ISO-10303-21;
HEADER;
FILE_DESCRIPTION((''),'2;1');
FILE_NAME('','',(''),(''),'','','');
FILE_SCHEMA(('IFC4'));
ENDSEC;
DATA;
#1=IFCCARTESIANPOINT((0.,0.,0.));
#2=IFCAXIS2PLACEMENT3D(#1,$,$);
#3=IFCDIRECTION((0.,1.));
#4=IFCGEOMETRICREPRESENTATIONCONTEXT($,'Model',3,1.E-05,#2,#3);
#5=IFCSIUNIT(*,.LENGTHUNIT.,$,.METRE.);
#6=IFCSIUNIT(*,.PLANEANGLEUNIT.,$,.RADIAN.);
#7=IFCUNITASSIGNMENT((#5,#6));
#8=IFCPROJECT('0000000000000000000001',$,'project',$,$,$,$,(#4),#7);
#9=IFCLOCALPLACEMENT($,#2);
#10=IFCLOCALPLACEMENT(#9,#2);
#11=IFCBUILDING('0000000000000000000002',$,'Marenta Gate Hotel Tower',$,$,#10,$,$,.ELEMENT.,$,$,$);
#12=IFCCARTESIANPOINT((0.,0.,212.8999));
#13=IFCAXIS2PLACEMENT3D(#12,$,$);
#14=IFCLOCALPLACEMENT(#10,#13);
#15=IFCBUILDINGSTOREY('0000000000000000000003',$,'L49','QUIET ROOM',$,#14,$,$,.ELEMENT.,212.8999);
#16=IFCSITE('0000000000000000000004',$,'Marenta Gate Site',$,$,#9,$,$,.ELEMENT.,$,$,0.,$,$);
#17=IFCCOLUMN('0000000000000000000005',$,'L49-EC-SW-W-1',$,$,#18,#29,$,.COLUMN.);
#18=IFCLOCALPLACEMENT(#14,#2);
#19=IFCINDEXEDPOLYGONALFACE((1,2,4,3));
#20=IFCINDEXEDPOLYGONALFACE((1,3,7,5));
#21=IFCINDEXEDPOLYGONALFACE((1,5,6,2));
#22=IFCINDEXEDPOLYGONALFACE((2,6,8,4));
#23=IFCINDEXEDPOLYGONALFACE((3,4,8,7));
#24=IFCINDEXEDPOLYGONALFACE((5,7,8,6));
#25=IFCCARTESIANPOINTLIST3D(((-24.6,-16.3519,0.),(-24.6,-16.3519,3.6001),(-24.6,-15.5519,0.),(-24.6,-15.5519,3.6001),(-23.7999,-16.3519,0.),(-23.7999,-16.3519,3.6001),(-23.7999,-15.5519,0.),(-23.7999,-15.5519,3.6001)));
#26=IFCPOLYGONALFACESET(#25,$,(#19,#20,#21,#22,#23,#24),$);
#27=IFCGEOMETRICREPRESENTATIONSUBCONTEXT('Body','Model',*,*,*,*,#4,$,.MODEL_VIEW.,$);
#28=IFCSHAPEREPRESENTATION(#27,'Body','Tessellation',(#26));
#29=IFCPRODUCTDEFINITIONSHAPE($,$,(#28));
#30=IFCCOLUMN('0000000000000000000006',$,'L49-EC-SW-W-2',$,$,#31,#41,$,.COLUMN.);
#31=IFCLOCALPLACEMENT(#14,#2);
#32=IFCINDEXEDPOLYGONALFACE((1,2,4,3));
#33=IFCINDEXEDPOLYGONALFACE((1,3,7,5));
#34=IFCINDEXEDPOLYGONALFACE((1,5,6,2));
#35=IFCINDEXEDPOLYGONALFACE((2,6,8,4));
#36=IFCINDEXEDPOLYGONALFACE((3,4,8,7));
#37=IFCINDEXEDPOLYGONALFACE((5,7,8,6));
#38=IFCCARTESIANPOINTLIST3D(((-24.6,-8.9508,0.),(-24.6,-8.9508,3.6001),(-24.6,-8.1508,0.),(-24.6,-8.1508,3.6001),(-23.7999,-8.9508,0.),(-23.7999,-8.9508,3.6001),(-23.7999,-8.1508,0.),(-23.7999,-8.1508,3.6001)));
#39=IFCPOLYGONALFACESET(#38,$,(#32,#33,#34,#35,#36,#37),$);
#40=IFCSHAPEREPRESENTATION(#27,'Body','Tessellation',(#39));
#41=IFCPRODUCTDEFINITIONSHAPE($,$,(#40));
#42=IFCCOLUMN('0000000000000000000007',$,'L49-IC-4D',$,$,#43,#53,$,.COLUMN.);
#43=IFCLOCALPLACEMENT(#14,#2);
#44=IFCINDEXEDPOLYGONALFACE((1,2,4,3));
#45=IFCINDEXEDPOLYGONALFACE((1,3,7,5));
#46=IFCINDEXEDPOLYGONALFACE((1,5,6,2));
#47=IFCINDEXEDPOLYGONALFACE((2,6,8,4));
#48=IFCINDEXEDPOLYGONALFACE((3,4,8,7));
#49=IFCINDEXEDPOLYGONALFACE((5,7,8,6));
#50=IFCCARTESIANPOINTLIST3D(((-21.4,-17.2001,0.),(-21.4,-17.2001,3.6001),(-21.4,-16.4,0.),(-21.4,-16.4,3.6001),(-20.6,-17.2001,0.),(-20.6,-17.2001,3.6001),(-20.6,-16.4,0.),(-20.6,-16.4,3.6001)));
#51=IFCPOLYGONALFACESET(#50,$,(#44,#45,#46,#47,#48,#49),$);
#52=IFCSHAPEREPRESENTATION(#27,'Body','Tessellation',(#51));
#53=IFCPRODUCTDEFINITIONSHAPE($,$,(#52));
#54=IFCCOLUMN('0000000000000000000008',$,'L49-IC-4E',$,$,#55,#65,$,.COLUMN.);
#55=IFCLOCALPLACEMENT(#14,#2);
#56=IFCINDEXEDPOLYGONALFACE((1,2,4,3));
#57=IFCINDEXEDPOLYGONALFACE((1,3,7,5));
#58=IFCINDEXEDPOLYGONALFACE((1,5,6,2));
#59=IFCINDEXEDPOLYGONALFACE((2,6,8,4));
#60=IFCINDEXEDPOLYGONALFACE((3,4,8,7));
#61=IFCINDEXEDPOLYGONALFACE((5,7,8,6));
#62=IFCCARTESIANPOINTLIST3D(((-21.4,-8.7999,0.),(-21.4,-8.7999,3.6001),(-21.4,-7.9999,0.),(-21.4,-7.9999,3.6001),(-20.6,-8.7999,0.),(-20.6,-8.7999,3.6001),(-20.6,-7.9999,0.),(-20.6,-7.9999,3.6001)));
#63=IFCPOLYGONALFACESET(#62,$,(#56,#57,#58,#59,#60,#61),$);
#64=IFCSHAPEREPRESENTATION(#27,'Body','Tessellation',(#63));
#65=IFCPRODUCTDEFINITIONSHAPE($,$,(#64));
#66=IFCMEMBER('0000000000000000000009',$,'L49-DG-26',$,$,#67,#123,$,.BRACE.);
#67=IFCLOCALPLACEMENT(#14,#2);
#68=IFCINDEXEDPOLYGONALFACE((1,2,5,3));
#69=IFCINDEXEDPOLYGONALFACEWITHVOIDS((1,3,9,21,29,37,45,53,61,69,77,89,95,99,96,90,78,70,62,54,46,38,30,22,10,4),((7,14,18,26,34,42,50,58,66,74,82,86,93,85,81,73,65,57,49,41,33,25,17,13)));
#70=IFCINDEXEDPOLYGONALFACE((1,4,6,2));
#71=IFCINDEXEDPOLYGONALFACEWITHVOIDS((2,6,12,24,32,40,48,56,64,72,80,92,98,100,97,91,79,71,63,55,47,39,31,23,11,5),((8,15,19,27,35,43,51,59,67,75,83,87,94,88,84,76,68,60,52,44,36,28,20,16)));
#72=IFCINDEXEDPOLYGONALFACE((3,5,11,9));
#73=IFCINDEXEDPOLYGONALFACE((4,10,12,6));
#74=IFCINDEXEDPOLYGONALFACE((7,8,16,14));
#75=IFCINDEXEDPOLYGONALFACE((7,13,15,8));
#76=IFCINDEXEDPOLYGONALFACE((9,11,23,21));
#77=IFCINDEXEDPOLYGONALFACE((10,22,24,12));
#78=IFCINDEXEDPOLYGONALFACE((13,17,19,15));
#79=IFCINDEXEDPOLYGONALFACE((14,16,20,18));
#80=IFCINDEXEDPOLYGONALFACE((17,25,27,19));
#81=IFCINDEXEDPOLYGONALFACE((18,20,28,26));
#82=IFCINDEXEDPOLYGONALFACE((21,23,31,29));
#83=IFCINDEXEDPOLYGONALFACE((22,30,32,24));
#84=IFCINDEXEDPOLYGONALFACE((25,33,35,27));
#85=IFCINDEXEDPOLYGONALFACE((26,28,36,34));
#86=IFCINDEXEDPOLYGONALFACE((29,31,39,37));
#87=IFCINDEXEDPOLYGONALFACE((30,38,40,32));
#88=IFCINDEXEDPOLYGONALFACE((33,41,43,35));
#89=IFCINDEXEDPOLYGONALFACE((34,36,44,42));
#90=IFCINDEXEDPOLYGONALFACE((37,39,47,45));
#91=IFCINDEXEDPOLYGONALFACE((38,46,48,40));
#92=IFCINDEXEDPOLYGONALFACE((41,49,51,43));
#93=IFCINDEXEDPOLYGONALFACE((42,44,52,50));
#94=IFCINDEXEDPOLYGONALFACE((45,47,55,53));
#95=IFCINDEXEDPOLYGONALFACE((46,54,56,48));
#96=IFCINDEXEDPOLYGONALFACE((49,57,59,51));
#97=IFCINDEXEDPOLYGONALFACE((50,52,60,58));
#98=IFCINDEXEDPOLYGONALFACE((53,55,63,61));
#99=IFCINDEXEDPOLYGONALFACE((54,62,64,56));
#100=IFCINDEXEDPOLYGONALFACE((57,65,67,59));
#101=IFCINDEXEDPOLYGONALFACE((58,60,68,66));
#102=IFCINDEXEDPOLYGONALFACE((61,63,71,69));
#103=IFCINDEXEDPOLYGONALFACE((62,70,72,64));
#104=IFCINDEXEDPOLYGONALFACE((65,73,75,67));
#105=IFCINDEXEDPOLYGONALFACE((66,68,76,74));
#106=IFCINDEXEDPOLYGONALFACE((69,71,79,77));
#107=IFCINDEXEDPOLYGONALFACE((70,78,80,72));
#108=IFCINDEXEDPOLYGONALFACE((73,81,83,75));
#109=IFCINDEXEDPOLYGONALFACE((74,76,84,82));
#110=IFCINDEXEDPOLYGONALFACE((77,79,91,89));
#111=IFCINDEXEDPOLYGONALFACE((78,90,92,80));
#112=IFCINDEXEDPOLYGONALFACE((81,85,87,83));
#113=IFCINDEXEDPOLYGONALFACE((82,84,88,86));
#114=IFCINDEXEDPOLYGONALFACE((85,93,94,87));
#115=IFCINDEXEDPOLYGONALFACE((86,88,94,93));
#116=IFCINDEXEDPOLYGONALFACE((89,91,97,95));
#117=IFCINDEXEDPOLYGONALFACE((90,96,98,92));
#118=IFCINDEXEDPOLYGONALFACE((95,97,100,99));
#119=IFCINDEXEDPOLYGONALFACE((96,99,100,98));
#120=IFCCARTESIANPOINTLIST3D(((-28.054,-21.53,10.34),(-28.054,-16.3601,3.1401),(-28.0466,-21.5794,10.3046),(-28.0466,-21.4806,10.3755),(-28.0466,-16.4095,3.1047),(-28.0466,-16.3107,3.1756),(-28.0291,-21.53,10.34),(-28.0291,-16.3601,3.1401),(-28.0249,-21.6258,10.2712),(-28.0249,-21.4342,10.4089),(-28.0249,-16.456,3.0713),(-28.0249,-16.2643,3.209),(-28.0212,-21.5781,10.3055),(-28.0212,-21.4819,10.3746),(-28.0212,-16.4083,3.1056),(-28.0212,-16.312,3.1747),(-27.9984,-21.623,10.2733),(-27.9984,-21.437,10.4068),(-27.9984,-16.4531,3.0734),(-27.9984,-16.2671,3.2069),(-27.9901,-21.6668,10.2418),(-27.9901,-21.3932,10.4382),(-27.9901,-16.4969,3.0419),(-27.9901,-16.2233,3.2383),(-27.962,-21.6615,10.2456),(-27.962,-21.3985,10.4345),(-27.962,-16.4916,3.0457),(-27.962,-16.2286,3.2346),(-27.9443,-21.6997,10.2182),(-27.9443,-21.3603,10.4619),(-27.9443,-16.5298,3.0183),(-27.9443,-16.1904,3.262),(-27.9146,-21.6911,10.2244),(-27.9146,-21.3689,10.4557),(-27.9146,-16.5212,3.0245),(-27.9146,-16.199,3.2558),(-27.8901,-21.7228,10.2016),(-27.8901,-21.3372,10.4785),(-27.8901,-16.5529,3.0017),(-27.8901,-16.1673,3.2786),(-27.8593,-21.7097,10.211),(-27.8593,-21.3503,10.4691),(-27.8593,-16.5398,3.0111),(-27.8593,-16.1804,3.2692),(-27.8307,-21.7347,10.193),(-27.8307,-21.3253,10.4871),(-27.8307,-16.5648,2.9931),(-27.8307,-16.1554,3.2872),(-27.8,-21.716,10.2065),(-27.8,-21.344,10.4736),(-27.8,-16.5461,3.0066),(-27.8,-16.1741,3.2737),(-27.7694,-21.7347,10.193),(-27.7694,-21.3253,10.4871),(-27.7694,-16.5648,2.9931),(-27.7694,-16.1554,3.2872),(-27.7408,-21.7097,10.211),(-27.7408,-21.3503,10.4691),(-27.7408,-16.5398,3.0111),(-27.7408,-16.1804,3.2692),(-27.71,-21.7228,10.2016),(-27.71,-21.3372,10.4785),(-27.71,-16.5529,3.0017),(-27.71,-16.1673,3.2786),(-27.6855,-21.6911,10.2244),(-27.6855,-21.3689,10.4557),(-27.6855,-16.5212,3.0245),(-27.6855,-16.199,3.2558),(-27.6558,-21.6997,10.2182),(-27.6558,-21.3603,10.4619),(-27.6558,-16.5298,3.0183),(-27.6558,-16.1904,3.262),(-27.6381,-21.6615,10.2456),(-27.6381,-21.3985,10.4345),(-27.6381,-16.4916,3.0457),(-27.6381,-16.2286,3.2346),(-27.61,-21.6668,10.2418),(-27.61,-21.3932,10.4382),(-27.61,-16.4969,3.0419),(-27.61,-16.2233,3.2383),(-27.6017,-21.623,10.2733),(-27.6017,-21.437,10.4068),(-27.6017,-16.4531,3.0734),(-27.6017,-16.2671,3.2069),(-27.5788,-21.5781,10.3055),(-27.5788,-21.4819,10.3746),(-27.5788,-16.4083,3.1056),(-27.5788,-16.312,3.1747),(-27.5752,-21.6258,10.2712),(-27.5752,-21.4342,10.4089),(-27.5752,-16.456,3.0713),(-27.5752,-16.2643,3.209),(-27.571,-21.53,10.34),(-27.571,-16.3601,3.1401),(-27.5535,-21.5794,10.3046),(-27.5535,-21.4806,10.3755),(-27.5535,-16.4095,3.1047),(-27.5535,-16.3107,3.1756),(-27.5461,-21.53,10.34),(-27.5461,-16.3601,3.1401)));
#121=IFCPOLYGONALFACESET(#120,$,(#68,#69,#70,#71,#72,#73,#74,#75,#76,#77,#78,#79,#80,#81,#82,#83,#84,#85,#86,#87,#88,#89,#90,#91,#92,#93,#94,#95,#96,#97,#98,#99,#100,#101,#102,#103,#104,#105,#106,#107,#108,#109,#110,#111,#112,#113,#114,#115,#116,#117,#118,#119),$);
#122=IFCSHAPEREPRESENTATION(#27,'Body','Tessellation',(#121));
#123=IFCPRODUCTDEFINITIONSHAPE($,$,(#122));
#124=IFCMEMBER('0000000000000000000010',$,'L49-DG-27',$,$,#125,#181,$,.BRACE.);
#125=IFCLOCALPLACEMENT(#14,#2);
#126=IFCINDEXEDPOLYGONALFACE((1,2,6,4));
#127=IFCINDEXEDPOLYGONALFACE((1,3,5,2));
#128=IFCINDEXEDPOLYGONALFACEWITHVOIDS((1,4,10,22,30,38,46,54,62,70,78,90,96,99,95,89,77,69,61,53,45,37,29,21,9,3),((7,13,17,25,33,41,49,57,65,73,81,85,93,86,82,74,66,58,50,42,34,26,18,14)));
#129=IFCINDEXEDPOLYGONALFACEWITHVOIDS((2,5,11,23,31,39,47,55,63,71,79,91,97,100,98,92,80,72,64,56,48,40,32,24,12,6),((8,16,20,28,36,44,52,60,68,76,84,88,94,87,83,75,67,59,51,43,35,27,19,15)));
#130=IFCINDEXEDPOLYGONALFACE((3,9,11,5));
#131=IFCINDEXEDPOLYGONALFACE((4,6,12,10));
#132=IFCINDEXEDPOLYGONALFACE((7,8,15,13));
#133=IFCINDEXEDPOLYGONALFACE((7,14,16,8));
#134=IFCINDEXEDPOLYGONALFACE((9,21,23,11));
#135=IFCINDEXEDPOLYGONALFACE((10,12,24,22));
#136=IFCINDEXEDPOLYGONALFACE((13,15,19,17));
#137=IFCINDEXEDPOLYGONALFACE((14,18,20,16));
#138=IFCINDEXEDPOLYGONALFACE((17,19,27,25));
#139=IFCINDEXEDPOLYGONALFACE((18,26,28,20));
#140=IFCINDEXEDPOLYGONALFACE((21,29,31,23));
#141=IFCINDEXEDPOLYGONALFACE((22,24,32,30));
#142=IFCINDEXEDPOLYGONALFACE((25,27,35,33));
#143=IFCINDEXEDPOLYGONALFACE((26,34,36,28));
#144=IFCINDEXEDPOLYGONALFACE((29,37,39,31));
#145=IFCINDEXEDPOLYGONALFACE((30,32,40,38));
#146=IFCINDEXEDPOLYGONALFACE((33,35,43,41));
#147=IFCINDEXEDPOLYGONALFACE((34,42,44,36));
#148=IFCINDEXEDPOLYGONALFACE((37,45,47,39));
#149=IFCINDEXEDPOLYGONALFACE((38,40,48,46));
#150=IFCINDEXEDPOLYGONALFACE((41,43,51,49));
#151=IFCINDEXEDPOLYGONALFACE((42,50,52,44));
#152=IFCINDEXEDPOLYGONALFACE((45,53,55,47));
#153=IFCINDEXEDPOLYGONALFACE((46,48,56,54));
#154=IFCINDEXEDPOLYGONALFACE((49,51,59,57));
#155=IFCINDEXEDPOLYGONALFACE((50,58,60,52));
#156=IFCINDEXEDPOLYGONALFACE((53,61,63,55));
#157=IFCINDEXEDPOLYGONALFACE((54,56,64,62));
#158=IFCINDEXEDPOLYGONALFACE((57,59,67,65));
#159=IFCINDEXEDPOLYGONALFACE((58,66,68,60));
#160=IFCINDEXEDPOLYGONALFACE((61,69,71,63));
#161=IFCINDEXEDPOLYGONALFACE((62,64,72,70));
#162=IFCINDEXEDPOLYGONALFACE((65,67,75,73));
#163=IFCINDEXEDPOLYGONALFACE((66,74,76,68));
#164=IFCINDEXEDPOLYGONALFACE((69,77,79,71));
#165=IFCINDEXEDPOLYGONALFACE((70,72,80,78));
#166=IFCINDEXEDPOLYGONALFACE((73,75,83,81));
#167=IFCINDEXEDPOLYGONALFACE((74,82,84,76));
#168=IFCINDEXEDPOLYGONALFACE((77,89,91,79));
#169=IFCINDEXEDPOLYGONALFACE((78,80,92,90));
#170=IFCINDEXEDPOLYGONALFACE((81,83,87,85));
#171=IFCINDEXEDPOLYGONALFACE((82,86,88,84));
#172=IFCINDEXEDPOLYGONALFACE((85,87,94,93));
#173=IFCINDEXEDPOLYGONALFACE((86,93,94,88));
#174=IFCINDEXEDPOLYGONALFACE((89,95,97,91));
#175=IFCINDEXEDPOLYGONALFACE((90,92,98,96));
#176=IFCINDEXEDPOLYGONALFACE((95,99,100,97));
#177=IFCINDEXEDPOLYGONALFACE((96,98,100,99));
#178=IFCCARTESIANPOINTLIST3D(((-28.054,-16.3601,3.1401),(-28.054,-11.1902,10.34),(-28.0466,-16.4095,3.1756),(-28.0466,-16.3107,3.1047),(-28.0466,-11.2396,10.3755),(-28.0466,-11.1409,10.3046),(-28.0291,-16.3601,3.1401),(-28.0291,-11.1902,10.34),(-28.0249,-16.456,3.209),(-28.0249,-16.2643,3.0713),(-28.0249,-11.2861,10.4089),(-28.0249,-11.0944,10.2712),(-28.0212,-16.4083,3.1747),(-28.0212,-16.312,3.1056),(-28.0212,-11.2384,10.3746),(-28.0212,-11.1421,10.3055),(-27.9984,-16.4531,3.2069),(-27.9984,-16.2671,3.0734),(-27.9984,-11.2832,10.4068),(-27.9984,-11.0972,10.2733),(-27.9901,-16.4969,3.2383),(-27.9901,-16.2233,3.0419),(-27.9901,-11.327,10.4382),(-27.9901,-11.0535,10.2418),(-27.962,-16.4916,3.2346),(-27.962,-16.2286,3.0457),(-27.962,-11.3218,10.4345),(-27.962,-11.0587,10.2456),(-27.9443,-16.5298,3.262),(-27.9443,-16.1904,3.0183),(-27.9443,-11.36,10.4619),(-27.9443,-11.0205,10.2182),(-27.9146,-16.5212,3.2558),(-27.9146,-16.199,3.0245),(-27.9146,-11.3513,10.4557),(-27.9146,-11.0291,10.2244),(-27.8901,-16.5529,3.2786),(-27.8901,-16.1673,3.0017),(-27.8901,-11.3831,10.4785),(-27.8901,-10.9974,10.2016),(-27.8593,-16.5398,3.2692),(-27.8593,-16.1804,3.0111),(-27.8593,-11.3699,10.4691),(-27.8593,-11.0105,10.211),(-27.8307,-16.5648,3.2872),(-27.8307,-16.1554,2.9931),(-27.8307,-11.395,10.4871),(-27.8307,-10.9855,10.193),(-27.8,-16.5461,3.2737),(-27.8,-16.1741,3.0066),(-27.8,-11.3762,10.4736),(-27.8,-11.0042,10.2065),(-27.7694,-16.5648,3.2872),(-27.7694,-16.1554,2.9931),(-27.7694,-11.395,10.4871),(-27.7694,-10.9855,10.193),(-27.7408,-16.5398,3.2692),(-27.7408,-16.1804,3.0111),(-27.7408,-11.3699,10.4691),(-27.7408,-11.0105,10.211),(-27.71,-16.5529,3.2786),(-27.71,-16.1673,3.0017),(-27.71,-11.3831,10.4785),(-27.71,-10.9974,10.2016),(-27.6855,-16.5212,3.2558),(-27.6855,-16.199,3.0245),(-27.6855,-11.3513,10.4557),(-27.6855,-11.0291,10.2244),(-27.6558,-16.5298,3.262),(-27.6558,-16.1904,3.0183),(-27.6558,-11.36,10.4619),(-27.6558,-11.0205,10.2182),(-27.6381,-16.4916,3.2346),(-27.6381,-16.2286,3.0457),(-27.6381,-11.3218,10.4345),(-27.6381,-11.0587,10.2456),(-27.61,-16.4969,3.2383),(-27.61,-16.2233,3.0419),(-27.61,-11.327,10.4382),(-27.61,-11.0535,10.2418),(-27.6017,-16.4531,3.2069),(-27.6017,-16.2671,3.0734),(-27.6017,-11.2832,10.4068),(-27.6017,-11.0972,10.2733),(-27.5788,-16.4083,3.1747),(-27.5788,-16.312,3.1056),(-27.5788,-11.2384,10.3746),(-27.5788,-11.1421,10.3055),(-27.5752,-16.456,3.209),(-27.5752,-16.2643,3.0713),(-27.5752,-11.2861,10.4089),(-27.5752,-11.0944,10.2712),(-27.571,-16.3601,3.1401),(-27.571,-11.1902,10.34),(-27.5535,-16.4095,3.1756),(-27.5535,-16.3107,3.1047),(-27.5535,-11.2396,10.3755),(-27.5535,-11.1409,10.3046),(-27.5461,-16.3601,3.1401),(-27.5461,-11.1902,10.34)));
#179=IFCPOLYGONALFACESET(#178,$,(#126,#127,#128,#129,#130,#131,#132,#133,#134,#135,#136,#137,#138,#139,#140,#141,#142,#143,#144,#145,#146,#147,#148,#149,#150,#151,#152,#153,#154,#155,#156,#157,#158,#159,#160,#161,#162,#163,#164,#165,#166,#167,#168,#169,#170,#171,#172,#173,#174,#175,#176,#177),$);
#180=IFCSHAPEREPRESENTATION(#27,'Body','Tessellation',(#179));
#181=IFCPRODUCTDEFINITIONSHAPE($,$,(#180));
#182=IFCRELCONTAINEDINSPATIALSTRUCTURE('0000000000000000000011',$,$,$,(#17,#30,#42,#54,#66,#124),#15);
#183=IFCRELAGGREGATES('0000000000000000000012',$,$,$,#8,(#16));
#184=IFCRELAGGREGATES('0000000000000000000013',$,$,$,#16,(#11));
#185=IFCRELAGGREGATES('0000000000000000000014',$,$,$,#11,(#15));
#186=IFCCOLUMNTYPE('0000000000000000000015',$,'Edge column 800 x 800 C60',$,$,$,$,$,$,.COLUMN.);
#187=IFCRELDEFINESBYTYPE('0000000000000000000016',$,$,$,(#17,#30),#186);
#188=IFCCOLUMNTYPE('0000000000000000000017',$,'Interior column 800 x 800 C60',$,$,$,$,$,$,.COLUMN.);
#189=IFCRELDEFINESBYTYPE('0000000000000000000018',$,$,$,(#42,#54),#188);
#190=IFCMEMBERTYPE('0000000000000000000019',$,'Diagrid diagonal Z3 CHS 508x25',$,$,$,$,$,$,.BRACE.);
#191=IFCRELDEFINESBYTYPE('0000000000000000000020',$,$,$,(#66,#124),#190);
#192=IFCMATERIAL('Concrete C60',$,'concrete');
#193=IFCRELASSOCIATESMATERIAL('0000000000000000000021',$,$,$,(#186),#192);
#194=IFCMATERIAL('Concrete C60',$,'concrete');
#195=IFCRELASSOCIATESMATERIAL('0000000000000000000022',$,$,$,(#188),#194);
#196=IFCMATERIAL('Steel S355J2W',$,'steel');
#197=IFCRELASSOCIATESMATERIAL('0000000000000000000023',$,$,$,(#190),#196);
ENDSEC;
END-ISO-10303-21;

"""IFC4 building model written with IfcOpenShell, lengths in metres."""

from ifc_helpers import new_model, si_unit, direction, frame, origin, origin_2d, place, context, subcontext, project, spatial, rectangle, hollow_circle, extrude, material, material_profile, profile_set, type_object, element, save


model = new_model("IFC4")

# Units and contexts
model_context = context("Model", 3, precision=1e-05, world=origin(), true_north=direction((0.0, 1.0)))
body_context = subcontext(model_context, "Body", "Model", "MODEL_VIEW")
ifc_project = project(units=[si_unit("LENGTHUNIT", "METRE"), si_unit("PLANEANGLEUNIT", "RADIAN")], contexts=[model_context])

# Site, building, storey
site_placement = place(None, origin())
site = spatial("IfcSite", under=ifc_project, at=site_placement, Name="Marenta Gate Site", CompositionType="ELEMENT", RefElevation=0.0)
building_placement = place(site_placement, origin())
building = spatial("IfcBuilding", under=site, at=building_placement, Name="Marenta Gate Hotel Tower", CompositionType="ELEMENT")
storey_placement = place(building_placement, frame((0.0, 0.0, 212.8999)))
storey = spatial("IfcBuildingStorey", under=building, at=storey_placement, Name="L49", Description="QUIET ROOM", CompositionType="ELEMENT", Elevation=212.8999)

# Columns
ifc_material_1 = material(Name="Concrete C60", Category="concrete")
ifc_material_profile_1 = material_profile(ifc_material_1, rectangle(XDim=0.8, YDim=0.8, at=origin_2d()), Name="800 x 800")
ifc_profile_set_1 = profile_set([ifc_material_profile_1], Name="Concrete C60")
column_type_1 = type_object("IfcColumnType", Name="Edge column 800 x 800 C60", PredefinedType="COLUMN", material=ifc_profile_set_1)
for number, where, z_axis, x_axis, name in (
    (1, (-24.2, -15.9519, 0.0), (0.0, 0.0, 1.0), (1.0, 0.0, 0.0), "L49-EC-SW-W-1"),
    (2, (-24.2, -8.5508, 0.0), (0.0, 0.0, 1.0), (1.0, 0.0, 0.0), "L49-EC-SW-W-2"),
):
    element("IfcColumn", number, at=place(storey_placement, frame(where, z_axis=z_axis, x_axis=x_axis)), inside=storey, type_object=column_type_1, Name=name, PredefinedType="COLUMN", context=body_context, shape_type="SweptSolid", body=[
        extrude(rectangle(XDim=0.8, YDim=0.8, at=origin_2d()), origin(), (0.0, 0.0, 1.0), 3.6001),
    ])
ifc_material_2 = material(Name="Concrete C60", Category="concrete")
ifc_material_profile_2 = material_profile(ifc_material_2, rectangle(XDim=0.8, YDim=0.8, at=origin_2d()), Name="800 x 800")
ifc_profile_set_2 = profile_set([ifc_material_profile_2], Name="Concrete C60")
column_type_2 = type_object("IfcColumnType", Name="Interior column 800 x 800 C60", PredefinedType="COLUMN", material=ifc_profile_set_2)
for number, where, z_axis, x_axis, name in (
    (3, (-21.0, -16.8, 0.0), (0.0, 0.0, 1.0), (1.0, 0.0, 0.0), "L49-IC-4D"),
    (4, (-21.0, -8.3999, 0.0), (0.0, 0.0, 1.0), (1.0, 0.0, 0.0), "L49-IC-4E"),
):
    element("IfcColumn", number, at=place(storey_placement, frame(where, z_axis=z_axis, x_axis=x_axis)), inside=storey, type_object=column_type_2, Name=name, PredefinedType="COLUMN", context=body_context, shape_type="SweptSolid", body=[
        extrude(rectangle(XDim=0.8, YDim=0.8, at=origin_2d()), origin(), (0.0, 0.0, 1.0), 3.6001),
    ])

# Members
ifc_material_3 = material(Name="Steel S355J2W", Category="steel")
ifc_material_profile_3 = material_profile(ifc_material_3, hollow_circle(Radius=0.2539, WallThickness=0.0249, at=origin_2d()), Name="CHS 508x25")
ifc_profile_set_3 = profile_set([ifc_material_profile_3], Name="Steel S355J2W")
member_type_1 = type_object("IfcMemberType", Name="Diagrid diagonal Z3 CHS 508x25", PredefinedType="BRACE", material=ifc_profile_set_3)
for number, where, z_axis, x_axis, name in (
    (5, (-27.8, -16.3601, 3.1401), (0.0, -0.583261, 0.812285), (1.0, 0.0, 0.0), "L49-DG-26"),
    (6, (-27.8, -16.3601, 3.1401), (0.0, 0.583261, 0.812285), (-1.0, 0.0, 0.0), "L49-DG-27"),
):
    element("IfcMember", number, at=place(storey_placement, frame(where, z_axis=z_axis, x_axis=x_axis)), inside=storey, type_object=member_type_1, Name=name, PredefinedType="BRACE", context=body_context, shape_type="SweptSolid", body=[
        extrude(hollow_circle(Radius=0.2539, WallThickness=0.0249, at=origin_2d()), origin(), (0.0, 0.0, 1.0), 8.8638),
    ])

save(model, "model.ifc")
